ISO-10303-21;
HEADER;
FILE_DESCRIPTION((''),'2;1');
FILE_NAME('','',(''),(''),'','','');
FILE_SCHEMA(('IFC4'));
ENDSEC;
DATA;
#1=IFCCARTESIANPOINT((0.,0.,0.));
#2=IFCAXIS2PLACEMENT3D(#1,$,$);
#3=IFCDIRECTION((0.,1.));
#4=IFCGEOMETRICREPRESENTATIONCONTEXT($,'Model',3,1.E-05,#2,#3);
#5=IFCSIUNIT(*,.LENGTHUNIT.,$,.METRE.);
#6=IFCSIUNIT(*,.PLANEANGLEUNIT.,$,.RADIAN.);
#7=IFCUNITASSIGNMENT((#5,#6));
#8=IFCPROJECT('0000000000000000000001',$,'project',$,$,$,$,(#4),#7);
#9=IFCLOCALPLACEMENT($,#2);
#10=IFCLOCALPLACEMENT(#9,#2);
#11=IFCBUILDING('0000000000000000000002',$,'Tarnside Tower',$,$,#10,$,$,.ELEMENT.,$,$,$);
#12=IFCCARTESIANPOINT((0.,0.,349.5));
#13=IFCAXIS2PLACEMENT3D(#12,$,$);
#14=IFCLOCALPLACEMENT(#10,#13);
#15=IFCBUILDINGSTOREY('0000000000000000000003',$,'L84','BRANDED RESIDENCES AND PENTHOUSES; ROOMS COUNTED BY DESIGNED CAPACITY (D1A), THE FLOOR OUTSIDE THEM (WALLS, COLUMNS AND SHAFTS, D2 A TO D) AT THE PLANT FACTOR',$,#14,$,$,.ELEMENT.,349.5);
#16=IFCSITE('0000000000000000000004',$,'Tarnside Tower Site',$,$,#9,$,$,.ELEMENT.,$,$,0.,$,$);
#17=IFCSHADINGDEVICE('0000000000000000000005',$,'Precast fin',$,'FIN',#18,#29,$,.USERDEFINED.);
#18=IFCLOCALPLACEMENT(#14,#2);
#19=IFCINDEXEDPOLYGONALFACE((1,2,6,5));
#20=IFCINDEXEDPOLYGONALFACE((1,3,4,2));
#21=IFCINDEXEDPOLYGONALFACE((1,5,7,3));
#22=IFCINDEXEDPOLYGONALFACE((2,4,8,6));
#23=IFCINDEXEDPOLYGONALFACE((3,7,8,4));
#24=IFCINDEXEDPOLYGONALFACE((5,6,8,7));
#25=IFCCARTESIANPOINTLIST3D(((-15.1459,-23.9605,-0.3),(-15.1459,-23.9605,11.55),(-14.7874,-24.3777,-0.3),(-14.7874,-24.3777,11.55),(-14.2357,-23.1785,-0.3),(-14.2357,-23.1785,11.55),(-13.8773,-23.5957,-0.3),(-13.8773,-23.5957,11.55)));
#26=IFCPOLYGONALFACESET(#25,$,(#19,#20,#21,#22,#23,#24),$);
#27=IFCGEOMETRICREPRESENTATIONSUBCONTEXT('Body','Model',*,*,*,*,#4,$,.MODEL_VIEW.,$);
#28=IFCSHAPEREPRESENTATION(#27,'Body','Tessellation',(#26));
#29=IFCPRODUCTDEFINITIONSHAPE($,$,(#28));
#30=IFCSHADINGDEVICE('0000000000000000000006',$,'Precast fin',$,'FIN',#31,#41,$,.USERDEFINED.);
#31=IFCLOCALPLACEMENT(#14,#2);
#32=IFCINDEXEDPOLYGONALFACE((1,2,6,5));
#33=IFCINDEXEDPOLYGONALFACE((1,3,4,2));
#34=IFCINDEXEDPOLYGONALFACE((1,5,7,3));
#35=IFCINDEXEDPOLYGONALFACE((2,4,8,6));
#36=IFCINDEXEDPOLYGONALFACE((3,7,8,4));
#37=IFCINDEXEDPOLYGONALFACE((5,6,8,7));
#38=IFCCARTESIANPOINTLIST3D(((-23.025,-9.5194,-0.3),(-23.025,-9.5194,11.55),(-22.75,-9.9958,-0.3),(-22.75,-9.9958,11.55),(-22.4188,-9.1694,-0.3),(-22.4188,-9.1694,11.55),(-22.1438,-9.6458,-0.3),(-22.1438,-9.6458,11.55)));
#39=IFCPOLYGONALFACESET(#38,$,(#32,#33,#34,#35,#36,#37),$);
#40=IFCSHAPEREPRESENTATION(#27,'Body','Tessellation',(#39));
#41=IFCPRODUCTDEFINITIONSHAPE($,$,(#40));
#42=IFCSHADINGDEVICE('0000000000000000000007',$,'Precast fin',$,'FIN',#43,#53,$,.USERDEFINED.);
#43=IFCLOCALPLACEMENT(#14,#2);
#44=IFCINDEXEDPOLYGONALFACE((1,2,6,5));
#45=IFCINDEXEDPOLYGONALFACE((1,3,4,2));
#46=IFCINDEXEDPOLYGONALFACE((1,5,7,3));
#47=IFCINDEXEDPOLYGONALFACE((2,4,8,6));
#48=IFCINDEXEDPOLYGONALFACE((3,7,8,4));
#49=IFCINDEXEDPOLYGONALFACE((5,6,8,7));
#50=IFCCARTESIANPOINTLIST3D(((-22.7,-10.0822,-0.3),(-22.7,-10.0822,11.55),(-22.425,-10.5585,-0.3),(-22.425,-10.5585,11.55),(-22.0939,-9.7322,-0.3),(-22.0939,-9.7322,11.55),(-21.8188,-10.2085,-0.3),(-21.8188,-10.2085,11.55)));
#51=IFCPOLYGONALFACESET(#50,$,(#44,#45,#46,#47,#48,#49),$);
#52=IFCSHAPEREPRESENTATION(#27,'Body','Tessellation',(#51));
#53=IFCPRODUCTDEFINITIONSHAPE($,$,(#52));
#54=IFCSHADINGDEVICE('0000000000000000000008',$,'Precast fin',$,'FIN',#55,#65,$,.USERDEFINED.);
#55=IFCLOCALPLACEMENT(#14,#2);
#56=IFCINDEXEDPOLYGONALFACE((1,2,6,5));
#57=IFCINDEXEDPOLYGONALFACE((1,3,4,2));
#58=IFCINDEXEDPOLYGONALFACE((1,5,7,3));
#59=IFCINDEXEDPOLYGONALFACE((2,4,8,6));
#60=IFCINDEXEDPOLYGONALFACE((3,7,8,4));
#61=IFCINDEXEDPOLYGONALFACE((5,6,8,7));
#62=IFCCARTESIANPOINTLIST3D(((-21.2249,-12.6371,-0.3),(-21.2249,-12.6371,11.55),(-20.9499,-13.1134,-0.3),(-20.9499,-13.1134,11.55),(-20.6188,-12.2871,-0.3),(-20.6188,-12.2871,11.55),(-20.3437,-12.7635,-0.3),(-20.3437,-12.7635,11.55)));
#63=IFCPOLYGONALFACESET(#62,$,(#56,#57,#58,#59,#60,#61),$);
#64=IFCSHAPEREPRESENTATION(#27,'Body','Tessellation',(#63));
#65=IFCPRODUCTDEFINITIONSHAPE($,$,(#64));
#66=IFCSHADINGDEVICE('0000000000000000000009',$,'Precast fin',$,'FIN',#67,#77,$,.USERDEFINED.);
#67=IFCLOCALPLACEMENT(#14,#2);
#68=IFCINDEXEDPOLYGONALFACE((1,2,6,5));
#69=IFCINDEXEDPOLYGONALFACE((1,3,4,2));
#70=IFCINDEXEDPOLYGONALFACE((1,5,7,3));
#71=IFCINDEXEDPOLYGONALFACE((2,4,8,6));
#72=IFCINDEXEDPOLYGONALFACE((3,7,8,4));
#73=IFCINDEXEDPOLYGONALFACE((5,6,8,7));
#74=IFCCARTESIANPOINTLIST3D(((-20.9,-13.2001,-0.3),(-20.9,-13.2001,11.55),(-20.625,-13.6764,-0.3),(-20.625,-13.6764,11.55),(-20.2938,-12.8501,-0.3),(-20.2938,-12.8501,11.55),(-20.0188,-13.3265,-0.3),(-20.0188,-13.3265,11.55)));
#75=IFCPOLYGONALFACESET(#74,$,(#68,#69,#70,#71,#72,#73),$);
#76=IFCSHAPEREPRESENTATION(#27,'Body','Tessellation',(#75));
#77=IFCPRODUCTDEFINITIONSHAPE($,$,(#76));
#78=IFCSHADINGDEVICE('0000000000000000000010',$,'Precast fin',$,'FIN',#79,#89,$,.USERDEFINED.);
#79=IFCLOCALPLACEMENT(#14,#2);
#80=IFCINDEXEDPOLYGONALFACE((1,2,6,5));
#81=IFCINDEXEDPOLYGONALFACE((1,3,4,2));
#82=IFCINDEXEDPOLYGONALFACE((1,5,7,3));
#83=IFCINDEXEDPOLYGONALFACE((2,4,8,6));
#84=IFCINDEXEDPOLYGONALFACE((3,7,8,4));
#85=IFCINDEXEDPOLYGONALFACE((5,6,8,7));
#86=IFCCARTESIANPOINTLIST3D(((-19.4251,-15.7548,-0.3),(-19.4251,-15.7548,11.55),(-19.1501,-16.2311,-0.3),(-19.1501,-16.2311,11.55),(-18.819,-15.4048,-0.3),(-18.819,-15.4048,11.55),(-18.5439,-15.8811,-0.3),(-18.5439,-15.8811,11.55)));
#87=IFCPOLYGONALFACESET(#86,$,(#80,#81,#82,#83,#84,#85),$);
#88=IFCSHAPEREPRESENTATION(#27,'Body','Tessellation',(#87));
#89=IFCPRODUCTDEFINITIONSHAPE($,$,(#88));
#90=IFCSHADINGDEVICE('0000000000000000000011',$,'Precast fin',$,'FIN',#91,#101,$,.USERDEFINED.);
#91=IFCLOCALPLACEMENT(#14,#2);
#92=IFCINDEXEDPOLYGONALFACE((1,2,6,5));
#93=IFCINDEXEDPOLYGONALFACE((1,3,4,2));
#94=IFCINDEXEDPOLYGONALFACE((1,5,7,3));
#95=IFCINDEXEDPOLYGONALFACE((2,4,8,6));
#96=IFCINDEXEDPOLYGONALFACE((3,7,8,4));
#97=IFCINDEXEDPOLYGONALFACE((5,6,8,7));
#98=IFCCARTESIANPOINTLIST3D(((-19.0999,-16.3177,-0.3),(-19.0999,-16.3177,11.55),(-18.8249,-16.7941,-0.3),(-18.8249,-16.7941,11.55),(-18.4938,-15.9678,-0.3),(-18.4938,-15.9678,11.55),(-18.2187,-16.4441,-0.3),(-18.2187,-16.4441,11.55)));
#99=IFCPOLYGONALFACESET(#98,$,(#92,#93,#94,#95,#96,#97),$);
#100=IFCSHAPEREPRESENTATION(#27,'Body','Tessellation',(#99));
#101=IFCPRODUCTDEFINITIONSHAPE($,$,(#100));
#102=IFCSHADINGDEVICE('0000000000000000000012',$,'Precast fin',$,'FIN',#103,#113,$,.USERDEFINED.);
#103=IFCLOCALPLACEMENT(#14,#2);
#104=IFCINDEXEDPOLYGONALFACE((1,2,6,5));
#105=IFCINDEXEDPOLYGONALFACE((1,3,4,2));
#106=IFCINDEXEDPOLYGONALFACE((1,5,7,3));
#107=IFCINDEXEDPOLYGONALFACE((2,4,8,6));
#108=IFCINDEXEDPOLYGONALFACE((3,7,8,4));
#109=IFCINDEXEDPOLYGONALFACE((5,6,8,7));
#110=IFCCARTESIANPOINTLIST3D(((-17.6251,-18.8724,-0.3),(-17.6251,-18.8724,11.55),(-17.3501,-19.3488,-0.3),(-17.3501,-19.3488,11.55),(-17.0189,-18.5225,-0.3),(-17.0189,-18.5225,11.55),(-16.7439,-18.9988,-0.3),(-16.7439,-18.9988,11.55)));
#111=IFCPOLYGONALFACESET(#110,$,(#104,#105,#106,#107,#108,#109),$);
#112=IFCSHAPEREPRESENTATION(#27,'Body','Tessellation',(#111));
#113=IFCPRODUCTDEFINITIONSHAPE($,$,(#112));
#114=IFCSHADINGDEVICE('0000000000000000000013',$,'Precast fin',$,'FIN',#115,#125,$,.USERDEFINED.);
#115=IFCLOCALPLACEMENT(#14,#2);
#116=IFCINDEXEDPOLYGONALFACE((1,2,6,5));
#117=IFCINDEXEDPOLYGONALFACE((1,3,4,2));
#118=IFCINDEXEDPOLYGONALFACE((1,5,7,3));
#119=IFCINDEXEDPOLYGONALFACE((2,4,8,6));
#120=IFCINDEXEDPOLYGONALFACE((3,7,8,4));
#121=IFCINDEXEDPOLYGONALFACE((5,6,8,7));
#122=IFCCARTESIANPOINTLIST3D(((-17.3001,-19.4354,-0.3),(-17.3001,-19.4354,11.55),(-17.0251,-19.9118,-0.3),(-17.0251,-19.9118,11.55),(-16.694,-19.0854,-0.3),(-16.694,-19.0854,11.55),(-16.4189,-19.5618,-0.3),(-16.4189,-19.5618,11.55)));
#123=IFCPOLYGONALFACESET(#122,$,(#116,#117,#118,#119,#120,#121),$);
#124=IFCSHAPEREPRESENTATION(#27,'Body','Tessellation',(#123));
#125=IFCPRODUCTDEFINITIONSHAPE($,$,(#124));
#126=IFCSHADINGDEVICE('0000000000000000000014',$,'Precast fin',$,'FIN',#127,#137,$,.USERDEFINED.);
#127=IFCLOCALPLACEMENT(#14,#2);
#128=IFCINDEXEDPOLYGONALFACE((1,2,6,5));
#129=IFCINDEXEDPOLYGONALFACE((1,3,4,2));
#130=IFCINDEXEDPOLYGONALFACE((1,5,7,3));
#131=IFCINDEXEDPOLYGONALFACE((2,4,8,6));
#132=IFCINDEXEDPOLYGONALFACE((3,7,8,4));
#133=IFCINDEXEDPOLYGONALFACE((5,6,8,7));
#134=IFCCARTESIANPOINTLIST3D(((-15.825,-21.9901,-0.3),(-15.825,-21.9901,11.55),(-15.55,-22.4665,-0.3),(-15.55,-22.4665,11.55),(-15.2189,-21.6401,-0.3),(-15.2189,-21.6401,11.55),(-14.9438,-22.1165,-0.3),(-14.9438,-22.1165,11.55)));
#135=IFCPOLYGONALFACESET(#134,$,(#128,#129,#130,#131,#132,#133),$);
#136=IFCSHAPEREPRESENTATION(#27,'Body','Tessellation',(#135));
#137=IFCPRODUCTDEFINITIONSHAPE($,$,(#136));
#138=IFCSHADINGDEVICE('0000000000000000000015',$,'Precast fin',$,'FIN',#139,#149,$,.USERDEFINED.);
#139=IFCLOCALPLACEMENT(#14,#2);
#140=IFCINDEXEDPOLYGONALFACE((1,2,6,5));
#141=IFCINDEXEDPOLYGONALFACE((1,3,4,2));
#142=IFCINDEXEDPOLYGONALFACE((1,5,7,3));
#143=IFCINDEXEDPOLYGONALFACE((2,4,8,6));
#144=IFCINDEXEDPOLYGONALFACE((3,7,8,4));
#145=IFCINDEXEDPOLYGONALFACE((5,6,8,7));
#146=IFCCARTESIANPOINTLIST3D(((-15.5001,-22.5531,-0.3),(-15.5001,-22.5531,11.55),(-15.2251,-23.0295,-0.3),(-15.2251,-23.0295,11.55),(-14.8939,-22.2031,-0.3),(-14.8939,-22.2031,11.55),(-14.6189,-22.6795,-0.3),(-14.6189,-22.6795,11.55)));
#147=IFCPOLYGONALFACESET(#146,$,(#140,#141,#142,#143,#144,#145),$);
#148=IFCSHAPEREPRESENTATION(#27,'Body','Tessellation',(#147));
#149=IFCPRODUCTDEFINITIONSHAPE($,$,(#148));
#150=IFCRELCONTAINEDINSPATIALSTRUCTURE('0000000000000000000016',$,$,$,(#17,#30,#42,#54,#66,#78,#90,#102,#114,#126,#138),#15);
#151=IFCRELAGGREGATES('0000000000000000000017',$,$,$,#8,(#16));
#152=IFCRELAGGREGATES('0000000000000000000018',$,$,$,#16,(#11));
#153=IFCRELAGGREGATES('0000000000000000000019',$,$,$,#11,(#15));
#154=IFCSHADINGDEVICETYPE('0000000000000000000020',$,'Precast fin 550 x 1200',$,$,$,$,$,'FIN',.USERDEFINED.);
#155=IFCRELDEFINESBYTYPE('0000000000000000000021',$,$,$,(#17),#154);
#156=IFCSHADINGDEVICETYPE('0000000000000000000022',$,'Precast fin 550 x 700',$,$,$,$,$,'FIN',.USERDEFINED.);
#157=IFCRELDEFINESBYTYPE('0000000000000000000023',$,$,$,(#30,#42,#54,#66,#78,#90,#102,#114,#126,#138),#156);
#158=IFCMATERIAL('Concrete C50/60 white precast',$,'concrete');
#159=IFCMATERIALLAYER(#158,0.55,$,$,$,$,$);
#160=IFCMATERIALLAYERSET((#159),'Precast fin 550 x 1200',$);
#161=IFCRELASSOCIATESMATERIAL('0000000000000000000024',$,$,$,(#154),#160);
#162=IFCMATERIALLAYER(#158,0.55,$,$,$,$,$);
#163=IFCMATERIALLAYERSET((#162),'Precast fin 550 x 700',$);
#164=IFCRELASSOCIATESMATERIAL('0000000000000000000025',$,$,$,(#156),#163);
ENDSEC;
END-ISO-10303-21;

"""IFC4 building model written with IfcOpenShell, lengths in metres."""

from ifc_helpers import new_model, si_unit, direction, frame, origin, place, context, subcontext, project, spatial, polyline, outline, extrude, material, layer, layer_set, type_object, element, save


model = new_model("IFC4")

# Units and contexts
model_context = context("Model", 3, precision=1e-05, world=origin(), true_north=direction((0.0, 1.0)))
body_context = subcontext(model_context, "Body", "Model", "MODEL_VIEW")
ifc_project = project(units=[si_unit("LENGTHUNIT", "METRE"), si_unit("PLANEANGLEUNIT", "RADIAN")], contexts=[model_context])

# Site, building, storey
site_placement = place(None, origin())
site = spatial("IfcSite", under=ifc_project, at=site_placement, Name="Tarnside Tower Site", CompositionType="ELEMENT", RefElevation=0.0)
building_placement = place(site_placement, origin())
building = spatial("IfcBuilding", under=site, at=building_placement, Name="Tarnside Tower", CompositionType="ELEMENT")
storey_placement = place(building_placement, frame((0.0, 0.0, 349.5)))
storey = spatial("IfcBuildingStorey", under=building, at=storey_placement, Name="L84", Description="BRANDED RESIDENCES AND PENTHOUSES; ROOMS COUNTED BY DESIGNED CAPACITY (D1A), THE FLOOR OUTSIDE THEM (WALLS, COLUMNS AND SHAFTS, D2 A TO D) AT THE PLANT FACTOR", CompositionType="ELEMENT", Elevation=349.5)

# Shading devices
ifc_material_1 = material(Name="Concrete C50/60 white precast", Category="concrete")
ifc_layer_1 = layer(ifc_material_1, 0.55)
ifc_layer_set_1 = layer_set([ifc_layer_1], Name="Precast fin 550 x 1200")
shading_device_type_1 = type_object("IfcShadingDeviceType", Name="Precast fin 550 x 1200", ElementType="FIN", PredefinedType="USERDEFINED", material=ifc_layer_set_1)
shading_device_placement = place(storey_placement, frame((-14.0564, -23.3872, -0.3), z_axis=(-0.651657, 0.758514, 0.0), x_axis=(-0.758514, -0.651657, 0.0)))
element("IfcShadingDevice", 1, at=shading_device_placement, inside=storey, type_object=shading_device_type_1, Name="Precast fin", ObjectType="FIN", PredefinedType="USERDEFINED", context=body_context, shape_type="SweptSolid", body=[
    extrude(outline(polyline([(0.0, 0.0), (1.2, 0.0), (1.2, 11.8501), (0.0, 11.8501), (0.0, 0.0)])), frame((0.0, 0.0, -0.2749)), (0.0, 0.0, 1.0), 0.55),
])
ifc_layer_2 = layer(ifc_material_1, 0.55)
ifc_layer_set_2 = layer_set([ifc_layer_2], Name="Precast fin 550 x 700")
shading_device_type_2 = type_object("IfcShadingDeviceType", Name="Precast fin 550 x 700", ElementType="FIN", PredefinedType="USERDEFINED", material=ifc_layer_set_2)
for number, where, z_axis, x_axis, name in (
    (2, (-22.2812, -9.4077, -0.3), (-0.5, 0.866025, 0.0), (-0.866025, -0.5, 0.0), "Precast fin"),
    (3, (-21.9563, -9.9705, -0.3), (-0.5, 0.866025, 0.0), (-0.866025, -0.5, 0.0), "Precast fin"),
    (4, (-20.4812, -12.5254, -0.3), (-0.5, 0.866025, 0.0), (-0.866025, -0.5, 0.0), "Precast fin"),
    (5, (-20.1562, -13.0884, -0.3), (-0.5, 0.866025, 0.0), (-0.866025, -0.5, 0.0), "Precast fin"),
    (6, (-18.6814, -15.6431, -0.3), (-0.5, 0.866025, 0.0), (-0.866025, -0.5, 0.0), "Precast fin"),
    (7, (-18.3562, -16.2061, -0.3), (-0.5, 0.866025, 0.0), (-0.866025, -0.5, 0.0), "Precast fin"),
    (8, (-16.8813, -18.7607, -0.3), (-0.5, 0.866025, 0.0), (-0.866025, -0.5, 0.0), "Precast fin"),
    (9, (-16.5564, -19.3237, -0.3), (-0.5, 0.866025, 0.0), (-0.866025, -0.5, 0.0), "Precast fin"),
    (10, (-15.0813, -21.8784, -0.3), (-0.5, 0.866025, 0.0), (-0.866025, -0.5, 0.0), "Precast fin"),
    (11, (-14.7563, -22.4414, -0.3), (-0.5, 0.866025, 0.0), (-0.866025, -0.5, 0.0), "Precast fin"),
):
    element("IfcShadingDevice", number, at=place(storey_placement, frame(where, z_axis=z_axis, x_axis=x_axis)), inside=storey, type_object=shading_device_type_2, Name=name, ObjectType="FIN", PredefinedType="USERDEFINED", context=body_context, shape_type="SweptSolid", body=[
        extrude(outline(polyline([(0.0, 0.0), (0.7, 0.0), (0.7, 11.8501), (0.0, 11.8501), (0.0, 0.0)])), frame((0.0, 0.0, -0.2749)), (0.0, 0.0, 1.0), 0.55),
    ])

save(model, "model.ifc")
